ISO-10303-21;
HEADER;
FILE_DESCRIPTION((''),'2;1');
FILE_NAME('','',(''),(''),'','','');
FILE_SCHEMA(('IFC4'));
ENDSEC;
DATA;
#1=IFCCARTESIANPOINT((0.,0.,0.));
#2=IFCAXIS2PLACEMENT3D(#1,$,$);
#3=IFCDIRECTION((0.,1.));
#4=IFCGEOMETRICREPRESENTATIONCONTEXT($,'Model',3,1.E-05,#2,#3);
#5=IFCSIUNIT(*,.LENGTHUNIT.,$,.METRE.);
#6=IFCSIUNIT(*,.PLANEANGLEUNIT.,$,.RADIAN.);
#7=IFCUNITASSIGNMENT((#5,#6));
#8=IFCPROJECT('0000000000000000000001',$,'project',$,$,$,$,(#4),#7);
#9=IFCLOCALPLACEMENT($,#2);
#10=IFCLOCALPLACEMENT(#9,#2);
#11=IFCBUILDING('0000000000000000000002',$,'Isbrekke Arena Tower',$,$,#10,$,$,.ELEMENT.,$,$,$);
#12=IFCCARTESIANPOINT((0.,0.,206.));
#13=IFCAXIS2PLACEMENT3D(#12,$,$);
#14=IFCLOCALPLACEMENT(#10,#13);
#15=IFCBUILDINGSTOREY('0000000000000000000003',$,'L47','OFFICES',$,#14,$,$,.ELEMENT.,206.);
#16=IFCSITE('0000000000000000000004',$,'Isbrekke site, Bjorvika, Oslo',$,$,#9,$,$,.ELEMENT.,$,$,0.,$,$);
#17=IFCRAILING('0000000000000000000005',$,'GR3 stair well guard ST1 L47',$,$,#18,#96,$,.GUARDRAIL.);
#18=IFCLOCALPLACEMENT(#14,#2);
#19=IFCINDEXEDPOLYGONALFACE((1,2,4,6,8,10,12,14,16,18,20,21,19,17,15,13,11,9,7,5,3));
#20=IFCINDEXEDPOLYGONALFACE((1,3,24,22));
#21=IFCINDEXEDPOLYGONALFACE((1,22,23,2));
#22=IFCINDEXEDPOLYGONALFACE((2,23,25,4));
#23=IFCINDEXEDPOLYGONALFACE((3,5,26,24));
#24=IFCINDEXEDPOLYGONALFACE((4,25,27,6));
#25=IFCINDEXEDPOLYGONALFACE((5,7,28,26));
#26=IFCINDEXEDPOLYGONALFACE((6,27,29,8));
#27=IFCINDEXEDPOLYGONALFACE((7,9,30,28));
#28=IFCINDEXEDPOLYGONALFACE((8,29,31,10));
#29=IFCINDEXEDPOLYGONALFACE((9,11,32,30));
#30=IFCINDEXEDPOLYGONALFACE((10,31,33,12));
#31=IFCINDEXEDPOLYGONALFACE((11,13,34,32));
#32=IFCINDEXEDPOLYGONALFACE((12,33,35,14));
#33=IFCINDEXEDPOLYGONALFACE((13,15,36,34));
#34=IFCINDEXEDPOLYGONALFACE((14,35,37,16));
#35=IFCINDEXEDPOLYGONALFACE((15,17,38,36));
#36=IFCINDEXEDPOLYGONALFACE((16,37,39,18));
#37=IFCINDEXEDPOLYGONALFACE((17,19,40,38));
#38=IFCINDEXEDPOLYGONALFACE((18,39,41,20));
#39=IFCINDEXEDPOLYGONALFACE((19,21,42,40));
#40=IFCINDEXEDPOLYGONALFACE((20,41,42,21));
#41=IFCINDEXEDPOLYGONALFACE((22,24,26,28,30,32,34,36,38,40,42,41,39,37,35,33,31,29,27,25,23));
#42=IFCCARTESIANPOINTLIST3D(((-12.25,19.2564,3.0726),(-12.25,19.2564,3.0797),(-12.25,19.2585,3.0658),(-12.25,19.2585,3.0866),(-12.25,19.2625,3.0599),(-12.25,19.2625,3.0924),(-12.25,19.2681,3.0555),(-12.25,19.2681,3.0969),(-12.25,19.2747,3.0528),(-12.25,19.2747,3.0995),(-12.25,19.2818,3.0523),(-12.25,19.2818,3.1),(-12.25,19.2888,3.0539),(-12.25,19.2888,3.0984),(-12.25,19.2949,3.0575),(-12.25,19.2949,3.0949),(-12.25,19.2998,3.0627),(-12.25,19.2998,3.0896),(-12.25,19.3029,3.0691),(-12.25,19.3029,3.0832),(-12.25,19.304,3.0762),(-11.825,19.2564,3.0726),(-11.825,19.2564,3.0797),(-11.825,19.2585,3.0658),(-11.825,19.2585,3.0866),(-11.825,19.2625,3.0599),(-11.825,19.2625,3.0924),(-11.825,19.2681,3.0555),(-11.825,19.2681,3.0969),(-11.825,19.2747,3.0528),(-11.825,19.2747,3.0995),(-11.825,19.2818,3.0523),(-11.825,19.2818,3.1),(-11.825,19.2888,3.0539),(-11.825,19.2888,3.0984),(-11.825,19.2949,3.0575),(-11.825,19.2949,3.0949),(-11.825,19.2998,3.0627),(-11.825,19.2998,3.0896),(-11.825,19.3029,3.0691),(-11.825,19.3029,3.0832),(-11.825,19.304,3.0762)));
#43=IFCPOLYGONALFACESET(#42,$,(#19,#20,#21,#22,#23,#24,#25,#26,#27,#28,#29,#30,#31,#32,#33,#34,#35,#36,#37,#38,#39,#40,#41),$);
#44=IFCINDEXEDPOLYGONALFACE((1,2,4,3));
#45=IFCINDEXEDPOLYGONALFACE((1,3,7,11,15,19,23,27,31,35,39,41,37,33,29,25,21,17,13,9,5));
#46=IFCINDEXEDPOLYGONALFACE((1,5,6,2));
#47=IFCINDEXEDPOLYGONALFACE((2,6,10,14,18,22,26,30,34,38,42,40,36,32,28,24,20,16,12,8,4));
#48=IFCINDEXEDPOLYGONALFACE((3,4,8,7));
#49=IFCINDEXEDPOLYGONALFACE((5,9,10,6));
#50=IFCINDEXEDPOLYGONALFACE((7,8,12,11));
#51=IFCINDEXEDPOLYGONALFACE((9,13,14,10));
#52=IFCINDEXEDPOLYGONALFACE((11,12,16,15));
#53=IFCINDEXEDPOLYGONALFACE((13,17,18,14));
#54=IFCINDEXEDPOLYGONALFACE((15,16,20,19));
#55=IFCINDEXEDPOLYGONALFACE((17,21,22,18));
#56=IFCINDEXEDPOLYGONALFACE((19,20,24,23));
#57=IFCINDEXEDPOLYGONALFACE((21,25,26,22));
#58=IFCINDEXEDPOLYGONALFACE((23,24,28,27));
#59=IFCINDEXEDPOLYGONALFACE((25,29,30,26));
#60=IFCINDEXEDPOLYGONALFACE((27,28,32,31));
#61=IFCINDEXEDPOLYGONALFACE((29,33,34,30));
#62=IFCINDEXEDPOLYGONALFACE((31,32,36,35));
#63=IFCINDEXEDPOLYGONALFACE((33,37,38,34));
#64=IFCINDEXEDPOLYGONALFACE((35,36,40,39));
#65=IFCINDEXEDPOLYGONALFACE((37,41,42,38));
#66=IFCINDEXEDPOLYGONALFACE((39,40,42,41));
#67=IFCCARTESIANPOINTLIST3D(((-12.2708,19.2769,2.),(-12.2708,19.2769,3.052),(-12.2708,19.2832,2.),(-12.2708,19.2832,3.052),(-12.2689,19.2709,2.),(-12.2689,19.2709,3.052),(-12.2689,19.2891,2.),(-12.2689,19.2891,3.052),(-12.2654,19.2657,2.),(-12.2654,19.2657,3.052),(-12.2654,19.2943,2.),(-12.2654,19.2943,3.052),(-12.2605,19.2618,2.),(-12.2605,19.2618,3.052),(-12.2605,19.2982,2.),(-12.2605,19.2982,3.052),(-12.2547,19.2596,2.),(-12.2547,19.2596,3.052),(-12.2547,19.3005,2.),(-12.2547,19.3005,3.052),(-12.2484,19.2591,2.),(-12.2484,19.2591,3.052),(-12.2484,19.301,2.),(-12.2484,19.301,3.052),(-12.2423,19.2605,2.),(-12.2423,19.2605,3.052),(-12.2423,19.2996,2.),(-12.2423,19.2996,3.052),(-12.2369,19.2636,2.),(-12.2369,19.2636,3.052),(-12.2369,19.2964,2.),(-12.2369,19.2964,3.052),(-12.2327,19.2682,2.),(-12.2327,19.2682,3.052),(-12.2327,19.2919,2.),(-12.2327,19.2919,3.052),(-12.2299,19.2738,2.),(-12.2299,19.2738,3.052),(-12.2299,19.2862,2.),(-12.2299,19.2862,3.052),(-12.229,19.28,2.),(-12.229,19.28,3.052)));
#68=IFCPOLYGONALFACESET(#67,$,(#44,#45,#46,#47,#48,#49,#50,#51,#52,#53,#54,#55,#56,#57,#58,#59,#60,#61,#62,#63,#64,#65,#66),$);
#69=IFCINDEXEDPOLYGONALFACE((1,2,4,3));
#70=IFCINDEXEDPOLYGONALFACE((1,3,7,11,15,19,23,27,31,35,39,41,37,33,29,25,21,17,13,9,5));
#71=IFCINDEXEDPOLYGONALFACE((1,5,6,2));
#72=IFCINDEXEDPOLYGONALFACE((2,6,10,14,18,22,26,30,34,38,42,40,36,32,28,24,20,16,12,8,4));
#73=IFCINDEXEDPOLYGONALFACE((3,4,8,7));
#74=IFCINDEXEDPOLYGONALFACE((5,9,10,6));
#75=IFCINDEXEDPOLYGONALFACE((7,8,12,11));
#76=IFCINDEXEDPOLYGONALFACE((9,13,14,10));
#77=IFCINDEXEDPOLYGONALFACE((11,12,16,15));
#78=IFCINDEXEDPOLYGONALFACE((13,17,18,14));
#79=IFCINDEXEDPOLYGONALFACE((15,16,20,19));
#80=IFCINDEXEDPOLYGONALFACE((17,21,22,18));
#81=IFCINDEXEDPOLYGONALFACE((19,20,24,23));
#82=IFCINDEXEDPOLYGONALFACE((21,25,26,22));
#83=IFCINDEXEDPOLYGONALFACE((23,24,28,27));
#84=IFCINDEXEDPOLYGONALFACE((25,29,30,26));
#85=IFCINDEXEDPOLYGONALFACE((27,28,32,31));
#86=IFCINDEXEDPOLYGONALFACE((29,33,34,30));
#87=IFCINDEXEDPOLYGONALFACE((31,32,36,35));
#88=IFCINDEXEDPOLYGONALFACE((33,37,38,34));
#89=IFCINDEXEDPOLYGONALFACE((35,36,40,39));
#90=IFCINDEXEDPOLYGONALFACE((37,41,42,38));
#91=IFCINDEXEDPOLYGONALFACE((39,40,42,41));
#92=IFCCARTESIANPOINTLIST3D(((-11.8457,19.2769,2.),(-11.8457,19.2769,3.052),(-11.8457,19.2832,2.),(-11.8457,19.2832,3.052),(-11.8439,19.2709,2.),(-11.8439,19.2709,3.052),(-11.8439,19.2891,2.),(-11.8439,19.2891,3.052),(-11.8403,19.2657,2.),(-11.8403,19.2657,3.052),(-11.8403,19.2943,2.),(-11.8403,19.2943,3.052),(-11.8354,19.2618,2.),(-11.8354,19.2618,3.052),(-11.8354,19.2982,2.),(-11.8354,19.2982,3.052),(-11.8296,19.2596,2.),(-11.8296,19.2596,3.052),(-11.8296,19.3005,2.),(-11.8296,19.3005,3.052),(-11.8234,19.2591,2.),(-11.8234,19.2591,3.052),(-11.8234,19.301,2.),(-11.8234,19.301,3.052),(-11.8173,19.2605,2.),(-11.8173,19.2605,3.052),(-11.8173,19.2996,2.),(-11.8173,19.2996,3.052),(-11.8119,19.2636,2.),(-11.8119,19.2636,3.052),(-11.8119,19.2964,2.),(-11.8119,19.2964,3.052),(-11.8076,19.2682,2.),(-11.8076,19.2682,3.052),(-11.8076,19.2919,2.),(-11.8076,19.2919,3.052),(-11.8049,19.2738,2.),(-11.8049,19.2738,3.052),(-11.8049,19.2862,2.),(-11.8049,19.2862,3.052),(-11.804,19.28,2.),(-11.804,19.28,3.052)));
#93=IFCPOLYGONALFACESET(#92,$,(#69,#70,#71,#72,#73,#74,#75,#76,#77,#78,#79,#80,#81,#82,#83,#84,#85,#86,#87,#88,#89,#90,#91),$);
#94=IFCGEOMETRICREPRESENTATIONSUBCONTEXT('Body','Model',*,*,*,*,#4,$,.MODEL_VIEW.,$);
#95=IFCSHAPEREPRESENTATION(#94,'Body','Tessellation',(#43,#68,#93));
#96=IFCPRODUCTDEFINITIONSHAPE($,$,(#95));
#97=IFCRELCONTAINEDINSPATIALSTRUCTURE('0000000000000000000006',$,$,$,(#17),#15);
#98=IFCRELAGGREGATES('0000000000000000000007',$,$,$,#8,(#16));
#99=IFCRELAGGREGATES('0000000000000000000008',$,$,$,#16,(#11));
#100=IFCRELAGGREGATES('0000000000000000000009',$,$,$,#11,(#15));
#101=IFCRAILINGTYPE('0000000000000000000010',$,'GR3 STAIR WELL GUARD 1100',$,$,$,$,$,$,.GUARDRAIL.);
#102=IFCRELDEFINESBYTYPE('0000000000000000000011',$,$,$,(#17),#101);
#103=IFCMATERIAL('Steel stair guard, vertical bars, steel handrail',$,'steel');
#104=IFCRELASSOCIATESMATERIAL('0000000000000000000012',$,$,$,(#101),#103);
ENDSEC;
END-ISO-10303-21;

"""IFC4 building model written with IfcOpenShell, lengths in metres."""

from ifc_helpers import new_model, si_unit, direction, frame, origin, origin_2d, place, context, subcontext, project, spatial, circle, extrude, material, type_object, element, save


model = new_model("IFC4")

# Units and contexts
model_context = context("Model", 3, precision=1e-05, world=origin(), true_north=direction((0.0, 1.0)))
body_context = subcontext(model_context, "Body", "Model", "MODEL_VIEW")
ifc_project = project(units=[si_unit("LENGTHUNIT", "METRE"), si_unit("PLANEANGLEUNIT", "RADIAN")], contexts=[model_context])

# Site, building, storey
site_placement = place(None, origin())
site = spatial("IfcSite", under=ifc_project, at=site_placement, Name="Isbrekke site, Bjorvika, Oslo", CompositionType="ELEMENT", RefElevation=0.0)
building_placement = place(site_placement, origin())
building = spatial("IfcBuilding", under=site, at=building_placement, Name="Isbrekke Arena Tower", CompositionType="ELEMENT")
storey_placement = place(building_placement, frame((0.0, 0.0, 206.0)))
storey = spatial("IfcBuildingStorey", under=building, at=storey_placement, Name="L47", Description="OFFICES", CompositionType="ELEMENT", Elevation=206.0)

# Railing
ifc_material_1 = material(Name="Steel stair guard, vertical bars, steel handrail", Category="steel")
railing_type = type_object("IfcRailingType", Name="GR3 STAIR WELL GUARD 1100", PredefinedType="GUARDRAIL", material=ifc_material_1)
for number, where, name in (
    (1, (-12.25, 19.28, 2.0), "GR3 stair well guard ST1 L47"),
):
    element("IfcRailing", number, at=place(storey_placement, frame(where)), inside=storey, type_object=railing_type, Name=name, PredefinedType="GUARDRAIL", context=body_context, shape_type="SweptSolid", body=[
        extrude(circle(Radius=0.0239, at=origin_2d()), frame((0.0, 0.0, 1.0762), z_axis=(1.0, 0.0, 0.0), x_axis=(0.0, 1.0, 0.0)), (0.0, 0.0, 1.0), 0.425),
        extrude(circle(Radius=0.021, at=origin_2d()), origin(), (0.0, 0.0, 1.0), 1.052),
        extrude(circle(Radius=0.021, at=origin_2d()), frame((0.425, 0.0, 0.0)), (0.0, 0.0, 1.0), 1.052),
    ])

save(model, "model.ifc")
